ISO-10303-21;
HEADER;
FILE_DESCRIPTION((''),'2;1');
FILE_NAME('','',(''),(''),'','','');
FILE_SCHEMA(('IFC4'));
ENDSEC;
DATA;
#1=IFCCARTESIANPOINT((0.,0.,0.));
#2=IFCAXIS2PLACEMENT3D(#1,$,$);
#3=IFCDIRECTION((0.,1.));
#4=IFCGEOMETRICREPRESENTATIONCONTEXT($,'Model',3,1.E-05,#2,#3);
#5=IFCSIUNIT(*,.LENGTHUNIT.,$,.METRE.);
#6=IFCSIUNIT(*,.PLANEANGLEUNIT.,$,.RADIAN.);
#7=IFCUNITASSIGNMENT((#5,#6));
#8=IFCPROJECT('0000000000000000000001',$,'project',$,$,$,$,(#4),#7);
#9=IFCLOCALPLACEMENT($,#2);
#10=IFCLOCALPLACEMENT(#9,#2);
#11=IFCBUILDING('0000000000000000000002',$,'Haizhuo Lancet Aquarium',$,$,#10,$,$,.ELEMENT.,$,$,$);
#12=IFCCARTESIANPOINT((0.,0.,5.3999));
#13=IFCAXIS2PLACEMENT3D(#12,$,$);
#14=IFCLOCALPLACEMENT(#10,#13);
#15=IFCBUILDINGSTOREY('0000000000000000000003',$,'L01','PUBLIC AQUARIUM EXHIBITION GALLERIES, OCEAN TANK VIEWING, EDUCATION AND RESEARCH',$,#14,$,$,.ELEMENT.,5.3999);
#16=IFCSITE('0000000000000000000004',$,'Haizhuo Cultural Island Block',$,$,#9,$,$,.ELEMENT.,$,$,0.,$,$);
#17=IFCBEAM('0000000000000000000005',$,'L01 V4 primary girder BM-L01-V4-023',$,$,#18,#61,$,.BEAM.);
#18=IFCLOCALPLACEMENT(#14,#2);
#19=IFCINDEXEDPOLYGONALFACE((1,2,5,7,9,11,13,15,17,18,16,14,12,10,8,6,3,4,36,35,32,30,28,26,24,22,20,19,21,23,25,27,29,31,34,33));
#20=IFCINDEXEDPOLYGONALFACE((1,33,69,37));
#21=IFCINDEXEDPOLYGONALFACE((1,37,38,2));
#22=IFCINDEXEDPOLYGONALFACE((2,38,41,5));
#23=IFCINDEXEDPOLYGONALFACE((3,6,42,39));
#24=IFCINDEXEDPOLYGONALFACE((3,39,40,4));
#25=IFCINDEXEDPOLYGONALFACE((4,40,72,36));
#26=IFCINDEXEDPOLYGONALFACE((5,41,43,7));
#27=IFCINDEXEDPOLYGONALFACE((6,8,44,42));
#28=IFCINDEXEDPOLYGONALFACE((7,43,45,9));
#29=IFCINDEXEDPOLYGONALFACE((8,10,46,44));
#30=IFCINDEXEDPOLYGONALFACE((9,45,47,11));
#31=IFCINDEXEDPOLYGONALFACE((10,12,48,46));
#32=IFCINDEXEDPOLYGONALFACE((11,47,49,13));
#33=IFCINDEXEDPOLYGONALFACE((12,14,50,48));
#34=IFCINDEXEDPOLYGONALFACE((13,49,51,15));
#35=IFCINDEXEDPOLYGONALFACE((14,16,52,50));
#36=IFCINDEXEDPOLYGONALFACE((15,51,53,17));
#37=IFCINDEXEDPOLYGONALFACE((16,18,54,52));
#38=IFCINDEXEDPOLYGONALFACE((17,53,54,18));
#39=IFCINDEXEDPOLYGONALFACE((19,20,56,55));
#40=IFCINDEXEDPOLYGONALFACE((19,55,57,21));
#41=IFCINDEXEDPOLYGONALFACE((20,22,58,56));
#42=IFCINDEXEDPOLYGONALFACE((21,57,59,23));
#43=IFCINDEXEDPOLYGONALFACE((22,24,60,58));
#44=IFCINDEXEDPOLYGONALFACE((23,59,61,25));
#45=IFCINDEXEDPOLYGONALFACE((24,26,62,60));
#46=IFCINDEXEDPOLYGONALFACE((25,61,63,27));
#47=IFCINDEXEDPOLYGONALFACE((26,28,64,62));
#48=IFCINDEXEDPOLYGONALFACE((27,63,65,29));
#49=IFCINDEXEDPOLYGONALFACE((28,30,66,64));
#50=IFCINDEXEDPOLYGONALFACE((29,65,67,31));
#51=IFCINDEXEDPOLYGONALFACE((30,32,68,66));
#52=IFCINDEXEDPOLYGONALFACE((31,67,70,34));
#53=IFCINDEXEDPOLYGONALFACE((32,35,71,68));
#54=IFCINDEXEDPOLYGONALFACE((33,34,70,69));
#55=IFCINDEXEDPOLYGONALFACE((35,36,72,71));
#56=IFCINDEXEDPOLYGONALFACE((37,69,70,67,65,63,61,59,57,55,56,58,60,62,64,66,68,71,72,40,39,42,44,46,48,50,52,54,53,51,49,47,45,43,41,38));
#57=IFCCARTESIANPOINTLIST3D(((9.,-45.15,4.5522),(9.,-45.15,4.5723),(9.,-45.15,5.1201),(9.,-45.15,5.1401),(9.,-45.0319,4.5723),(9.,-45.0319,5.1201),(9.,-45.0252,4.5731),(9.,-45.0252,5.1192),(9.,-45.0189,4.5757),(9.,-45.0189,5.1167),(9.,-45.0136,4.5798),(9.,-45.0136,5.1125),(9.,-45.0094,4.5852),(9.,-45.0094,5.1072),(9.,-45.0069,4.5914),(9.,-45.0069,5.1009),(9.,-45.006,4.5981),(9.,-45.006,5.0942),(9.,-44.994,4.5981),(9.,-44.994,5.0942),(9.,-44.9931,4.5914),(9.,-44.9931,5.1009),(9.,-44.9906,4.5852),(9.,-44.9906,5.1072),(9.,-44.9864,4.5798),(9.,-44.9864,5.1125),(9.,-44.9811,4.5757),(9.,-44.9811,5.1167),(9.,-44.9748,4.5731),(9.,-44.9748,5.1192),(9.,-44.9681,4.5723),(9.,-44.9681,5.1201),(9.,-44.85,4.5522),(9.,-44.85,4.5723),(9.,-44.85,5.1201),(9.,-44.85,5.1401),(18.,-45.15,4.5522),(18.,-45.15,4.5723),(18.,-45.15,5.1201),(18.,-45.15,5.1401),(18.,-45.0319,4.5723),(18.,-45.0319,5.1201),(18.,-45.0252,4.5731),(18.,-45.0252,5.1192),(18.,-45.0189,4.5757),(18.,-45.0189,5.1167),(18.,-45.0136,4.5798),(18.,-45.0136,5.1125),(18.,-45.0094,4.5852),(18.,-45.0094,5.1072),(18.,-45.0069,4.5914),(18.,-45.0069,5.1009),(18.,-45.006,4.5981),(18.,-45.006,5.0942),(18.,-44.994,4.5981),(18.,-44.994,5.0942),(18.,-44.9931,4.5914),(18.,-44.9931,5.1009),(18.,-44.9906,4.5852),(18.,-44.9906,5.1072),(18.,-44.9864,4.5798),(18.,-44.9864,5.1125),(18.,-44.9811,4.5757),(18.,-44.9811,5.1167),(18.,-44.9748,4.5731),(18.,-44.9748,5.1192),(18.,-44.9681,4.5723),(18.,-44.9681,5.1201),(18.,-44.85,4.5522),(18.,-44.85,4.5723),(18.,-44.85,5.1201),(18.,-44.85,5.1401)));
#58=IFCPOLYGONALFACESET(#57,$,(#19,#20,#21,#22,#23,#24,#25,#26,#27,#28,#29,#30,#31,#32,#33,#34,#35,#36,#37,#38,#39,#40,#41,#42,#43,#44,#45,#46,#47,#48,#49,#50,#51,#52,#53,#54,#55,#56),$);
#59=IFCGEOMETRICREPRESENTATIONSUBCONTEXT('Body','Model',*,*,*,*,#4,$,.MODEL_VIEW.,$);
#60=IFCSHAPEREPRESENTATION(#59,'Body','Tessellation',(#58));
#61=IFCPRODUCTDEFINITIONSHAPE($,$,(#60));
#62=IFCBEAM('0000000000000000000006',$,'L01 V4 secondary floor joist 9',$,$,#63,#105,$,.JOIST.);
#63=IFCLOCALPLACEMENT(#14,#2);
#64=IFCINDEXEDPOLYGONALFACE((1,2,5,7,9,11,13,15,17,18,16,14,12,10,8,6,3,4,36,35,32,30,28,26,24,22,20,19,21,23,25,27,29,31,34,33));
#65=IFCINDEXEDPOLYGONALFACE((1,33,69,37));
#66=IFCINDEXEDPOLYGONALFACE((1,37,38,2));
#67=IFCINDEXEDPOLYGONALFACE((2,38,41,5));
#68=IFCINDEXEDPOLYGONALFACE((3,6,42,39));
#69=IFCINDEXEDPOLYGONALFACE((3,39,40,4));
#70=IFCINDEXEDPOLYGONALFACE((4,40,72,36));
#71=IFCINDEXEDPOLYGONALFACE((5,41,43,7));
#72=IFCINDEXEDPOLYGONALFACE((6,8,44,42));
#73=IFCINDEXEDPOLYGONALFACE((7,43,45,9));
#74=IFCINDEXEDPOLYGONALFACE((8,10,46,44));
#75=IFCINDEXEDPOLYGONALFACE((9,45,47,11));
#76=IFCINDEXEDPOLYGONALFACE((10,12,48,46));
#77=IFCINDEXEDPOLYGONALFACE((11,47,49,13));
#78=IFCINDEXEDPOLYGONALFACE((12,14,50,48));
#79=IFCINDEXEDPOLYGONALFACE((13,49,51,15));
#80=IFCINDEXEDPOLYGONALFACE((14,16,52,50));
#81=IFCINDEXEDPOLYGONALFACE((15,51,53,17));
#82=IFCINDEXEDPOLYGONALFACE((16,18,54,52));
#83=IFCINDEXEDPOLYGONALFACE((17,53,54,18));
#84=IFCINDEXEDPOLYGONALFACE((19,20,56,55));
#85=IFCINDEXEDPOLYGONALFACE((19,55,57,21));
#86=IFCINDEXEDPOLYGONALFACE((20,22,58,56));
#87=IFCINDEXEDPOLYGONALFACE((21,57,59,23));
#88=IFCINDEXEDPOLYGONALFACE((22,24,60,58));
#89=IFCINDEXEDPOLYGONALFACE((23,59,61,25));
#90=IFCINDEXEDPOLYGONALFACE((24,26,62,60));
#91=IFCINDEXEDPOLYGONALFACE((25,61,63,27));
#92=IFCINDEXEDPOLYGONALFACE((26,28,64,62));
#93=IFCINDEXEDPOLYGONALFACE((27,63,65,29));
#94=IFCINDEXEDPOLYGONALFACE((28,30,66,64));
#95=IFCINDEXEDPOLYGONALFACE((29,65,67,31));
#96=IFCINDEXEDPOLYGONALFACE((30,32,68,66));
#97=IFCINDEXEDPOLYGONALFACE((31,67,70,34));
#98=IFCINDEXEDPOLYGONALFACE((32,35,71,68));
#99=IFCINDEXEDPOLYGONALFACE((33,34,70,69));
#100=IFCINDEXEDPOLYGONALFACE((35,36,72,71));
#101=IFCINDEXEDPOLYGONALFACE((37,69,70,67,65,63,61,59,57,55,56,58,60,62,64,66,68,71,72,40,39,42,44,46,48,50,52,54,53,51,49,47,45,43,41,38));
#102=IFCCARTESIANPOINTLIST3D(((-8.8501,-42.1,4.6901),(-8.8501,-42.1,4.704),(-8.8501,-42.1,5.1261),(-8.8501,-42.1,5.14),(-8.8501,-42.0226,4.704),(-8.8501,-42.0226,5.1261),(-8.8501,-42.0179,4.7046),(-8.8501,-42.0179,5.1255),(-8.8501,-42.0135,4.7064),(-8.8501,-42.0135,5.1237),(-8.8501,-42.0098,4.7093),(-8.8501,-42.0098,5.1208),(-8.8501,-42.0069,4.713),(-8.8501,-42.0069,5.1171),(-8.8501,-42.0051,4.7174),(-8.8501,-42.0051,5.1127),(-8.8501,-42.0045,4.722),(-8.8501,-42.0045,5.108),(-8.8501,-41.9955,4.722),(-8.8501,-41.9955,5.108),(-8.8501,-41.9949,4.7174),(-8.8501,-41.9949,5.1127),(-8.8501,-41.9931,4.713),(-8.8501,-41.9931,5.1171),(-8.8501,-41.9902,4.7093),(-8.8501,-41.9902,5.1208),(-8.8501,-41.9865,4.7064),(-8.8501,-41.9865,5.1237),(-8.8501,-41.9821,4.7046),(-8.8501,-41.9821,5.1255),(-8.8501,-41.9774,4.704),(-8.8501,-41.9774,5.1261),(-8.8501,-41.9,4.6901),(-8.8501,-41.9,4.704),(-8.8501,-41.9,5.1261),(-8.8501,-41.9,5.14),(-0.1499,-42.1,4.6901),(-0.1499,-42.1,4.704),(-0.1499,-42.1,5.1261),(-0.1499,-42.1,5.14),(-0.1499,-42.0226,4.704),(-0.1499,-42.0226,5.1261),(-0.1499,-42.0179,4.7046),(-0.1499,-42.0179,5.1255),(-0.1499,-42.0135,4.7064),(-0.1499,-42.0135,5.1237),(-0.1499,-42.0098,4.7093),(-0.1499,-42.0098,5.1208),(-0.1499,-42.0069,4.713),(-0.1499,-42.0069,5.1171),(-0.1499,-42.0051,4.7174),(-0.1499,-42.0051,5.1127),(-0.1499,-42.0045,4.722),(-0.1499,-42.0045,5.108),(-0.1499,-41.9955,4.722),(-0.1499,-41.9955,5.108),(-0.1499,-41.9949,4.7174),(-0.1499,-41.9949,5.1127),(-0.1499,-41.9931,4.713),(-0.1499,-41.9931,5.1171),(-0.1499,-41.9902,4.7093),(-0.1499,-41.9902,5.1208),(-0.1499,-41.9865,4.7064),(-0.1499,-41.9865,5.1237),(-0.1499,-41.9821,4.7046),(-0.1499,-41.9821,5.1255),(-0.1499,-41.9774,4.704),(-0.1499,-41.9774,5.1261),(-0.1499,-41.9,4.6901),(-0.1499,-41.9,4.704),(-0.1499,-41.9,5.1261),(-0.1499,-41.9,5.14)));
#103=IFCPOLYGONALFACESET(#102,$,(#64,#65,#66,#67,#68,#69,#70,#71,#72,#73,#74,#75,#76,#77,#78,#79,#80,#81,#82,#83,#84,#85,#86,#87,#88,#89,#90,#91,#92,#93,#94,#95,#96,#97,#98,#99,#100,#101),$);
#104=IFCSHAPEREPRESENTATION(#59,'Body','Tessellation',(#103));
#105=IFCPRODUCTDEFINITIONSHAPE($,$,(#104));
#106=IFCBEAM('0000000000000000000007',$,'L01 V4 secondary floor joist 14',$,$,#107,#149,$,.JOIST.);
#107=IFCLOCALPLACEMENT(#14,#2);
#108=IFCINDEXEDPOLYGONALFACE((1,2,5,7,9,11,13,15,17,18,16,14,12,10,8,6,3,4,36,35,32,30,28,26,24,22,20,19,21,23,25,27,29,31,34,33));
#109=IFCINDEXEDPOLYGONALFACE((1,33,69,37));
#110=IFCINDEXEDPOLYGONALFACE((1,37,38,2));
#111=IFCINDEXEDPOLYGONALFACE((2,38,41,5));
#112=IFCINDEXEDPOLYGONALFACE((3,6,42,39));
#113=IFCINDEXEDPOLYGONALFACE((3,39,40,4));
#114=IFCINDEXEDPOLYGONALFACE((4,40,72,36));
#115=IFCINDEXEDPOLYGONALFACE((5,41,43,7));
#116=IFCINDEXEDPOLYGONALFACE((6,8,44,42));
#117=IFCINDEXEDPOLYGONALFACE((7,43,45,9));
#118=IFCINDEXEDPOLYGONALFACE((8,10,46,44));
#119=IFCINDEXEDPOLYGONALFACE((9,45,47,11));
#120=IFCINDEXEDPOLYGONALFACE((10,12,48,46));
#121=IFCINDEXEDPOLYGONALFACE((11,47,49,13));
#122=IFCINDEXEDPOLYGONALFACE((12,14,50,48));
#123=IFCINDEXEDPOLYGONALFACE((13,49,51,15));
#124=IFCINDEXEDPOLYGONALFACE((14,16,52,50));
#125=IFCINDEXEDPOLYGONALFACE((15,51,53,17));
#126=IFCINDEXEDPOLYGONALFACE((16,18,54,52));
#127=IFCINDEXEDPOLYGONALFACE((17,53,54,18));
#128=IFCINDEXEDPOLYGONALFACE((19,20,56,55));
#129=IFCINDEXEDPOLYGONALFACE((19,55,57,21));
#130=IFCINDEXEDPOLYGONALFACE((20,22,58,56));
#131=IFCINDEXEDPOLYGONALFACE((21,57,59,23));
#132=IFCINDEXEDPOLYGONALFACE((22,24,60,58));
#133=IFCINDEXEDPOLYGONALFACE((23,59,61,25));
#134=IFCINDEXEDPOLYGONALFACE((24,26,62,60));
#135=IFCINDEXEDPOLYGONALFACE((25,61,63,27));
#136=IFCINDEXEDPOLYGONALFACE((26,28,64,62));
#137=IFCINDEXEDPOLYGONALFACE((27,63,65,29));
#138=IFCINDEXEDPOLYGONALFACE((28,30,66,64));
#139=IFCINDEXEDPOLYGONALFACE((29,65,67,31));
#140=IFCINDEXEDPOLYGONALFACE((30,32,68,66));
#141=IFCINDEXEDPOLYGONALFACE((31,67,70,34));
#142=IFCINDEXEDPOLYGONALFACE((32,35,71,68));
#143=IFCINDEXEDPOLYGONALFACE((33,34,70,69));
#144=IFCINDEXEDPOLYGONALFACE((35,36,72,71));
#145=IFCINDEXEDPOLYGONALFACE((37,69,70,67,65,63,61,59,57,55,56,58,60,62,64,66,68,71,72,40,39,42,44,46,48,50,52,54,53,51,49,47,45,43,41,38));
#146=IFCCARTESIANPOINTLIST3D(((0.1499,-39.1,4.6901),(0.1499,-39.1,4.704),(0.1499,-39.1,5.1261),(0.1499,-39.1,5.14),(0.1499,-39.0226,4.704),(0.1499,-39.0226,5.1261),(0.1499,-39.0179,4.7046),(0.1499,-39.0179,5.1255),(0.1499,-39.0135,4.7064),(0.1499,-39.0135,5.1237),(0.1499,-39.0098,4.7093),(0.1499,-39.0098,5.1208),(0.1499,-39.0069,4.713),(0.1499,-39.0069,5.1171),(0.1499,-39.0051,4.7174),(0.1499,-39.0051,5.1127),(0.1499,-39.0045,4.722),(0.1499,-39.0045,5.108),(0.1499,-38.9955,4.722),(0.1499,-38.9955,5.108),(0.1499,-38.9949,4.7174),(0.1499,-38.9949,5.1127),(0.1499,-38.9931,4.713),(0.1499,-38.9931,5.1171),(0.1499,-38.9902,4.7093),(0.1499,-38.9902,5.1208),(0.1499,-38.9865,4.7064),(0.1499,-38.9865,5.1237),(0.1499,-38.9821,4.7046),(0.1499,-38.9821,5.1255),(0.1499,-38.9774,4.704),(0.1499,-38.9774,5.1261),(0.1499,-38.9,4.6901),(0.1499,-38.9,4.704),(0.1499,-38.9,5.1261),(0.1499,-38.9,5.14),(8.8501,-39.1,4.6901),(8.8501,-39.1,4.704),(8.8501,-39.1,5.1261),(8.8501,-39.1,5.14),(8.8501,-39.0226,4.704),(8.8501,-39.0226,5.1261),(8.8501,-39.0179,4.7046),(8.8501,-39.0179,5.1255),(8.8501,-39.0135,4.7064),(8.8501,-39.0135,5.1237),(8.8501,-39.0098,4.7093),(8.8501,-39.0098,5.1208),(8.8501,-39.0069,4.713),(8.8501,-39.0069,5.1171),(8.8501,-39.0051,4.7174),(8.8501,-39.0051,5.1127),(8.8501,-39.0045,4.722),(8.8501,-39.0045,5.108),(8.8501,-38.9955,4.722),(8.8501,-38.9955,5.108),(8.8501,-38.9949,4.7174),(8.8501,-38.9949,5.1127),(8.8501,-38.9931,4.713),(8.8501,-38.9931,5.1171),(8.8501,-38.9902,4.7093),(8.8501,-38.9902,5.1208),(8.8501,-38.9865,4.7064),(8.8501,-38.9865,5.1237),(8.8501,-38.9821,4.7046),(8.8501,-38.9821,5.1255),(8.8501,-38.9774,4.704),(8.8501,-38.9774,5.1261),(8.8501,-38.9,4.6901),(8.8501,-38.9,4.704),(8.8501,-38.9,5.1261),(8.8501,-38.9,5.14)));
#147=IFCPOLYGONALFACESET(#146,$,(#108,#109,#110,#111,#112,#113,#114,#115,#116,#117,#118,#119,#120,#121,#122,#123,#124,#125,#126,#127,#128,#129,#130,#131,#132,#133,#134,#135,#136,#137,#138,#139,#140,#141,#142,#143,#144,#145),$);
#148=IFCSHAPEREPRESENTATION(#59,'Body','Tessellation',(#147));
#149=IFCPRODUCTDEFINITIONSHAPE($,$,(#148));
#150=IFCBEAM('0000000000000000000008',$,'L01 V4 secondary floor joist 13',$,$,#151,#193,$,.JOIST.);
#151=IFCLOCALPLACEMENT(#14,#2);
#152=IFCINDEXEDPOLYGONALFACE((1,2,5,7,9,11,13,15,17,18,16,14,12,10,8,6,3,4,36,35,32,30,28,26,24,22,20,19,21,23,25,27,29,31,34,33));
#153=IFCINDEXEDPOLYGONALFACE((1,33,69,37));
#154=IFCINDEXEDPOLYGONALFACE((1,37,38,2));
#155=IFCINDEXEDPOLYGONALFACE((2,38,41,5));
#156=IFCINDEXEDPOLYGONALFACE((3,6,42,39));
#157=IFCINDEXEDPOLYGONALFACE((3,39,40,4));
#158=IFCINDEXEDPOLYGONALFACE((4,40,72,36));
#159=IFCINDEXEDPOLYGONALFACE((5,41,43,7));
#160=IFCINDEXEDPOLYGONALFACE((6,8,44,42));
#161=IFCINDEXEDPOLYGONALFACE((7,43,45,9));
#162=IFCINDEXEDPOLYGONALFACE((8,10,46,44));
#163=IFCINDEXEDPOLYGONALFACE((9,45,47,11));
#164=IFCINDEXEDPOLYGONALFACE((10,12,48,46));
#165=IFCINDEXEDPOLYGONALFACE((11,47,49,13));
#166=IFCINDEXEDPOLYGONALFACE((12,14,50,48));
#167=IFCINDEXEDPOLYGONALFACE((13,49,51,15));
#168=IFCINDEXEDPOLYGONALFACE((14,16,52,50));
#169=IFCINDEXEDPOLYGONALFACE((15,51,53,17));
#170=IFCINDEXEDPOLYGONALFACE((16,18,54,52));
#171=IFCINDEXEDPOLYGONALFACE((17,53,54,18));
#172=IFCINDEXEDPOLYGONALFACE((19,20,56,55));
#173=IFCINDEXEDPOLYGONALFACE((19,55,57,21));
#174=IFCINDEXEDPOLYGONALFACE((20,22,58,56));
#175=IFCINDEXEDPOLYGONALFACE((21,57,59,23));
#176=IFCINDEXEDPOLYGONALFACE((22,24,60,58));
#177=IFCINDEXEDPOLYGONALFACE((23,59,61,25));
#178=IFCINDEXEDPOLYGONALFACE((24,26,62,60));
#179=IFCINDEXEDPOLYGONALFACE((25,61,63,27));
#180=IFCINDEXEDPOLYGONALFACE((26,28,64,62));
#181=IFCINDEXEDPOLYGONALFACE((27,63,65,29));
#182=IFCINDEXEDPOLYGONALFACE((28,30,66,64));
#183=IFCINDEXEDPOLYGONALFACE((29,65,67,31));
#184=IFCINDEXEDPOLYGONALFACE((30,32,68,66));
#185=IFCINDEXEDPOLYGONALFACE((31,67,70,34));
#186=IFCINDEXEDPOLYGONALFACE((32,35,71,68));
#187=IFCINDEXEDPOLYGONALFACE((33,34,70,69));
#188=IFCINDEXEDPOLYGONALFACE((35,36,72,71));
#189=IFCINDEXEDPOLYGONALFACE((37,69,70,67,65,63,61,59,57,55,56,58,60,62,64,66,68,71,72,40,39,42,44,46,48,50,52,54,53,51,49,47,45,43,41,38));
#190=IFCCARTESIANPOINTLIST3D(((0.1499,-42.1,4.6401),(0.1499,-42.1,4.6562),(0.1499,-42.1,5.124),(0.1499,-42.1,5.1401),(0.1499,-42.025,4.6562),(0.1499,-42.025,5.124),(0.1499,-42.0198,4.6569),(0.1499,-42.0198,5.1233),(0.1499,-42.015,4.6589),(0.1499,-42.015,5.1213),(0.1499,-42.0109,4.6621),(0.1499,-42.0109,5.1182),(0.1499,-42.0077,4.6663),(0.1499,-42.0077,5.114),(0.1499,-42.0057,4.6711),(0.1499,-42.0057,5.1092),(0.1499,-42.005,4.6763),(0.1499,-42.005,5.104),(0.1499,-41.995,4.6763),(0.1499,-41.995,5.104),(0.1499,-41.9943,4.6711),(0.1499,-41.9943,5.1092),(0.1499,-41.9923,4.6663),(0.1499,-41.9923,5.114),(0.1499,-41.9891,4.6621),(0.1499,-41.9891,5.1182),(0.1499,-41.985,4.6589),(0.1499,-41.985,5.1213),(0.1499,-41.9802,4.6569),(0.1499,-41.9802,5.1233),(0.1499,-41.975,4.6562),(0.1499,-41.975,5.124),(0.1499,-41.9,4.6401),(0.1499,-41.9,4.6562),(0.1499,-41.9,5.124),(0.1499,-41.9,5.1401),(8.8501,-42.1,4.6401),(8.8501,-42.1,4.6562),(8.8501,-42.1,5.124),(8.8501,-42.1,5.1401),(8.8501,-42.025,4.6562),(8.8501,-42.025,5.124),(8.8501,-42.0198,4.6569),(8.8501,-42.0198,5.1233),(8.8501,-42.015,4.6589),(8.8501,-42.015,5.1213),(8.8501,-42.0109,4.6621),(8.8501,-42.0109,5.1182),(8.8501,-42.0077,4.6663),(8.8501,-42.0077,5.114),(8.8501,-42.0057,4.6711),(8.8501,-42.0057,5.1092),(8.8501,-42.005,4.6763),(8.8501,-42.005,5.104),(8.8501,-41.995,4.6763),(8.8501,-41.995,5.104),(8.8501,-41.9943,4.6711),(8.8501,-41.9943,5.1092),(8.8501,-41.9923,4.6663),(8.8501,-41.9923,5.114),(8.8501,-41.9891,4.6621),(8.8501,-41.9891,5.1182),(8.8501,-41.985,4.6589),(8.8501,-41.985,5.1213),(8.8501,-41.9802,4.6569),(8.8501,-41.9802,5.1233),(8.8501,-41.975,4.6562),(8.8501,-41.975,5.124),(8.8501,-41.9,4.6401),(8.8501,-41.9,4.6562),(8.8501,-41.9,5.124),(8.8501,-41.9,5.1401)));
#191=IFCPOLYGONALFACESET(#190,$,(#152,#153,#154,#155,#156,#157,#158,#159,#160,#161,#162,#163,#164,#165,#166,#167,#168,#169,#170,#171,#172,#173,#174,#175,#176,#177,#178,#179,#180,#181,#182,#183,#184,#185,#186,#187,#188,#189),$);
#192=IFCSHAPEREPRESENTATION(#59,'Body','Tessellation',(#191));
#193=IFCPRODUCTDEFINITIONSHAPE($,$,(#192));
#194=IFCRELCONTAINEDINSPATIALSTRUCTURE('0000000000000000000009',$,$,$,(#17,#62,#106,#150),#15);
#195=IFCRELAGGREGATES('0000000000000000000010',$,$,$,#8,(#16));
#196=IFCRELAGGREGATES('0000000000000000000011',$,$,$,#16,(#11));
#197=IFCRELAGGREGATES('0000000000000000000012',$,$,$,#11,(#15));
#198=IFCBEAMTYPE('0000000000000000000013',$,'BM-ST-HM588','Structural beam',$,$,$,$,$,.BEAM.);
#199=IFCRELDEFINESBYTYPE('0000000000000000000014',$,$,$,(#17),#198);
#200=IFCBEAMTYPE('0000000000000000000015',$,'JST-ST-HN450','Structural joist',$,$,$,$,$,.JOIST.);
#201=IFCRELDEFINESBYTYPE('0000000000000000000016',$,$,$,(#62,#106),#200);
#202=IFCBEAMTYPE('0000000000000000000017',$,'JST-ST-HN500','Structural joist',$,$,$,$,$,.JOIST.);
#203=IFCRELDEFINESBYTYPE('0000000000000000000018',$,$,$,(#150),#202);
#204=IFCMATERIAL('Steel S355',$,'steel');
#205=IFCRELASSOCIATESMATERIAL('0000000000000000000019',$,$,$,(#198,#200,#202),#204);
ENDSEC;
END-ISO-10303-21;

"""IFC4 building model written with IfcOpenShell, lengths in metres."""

from ifc_helpers import new_model, si_unit, direction, frame, origin, origin_2d, place, context, subcontext, project, spatial, i_section, extrude, material, material_profile, profile_set, type_object, element, save


model = new_model("IFC4")

# Units and contexts
model_context = context("Model", 3, precision=1e-05, world=origin(), true_north=direction((0.0, 1.0)))
body_context = subcontext(model_context, "Body", "Model", "MODEL_VIEW")
ifc_project = project(units=[si_unit("LENGTHUNIT", "METRE"), si_unit("PLANEANGLEUNIT", "RADIAN")], contexts=[model_context])

# Site, building, storey
site_placement = place(None, origin())
site = spatial("IfcSite", under=ifc_project, at=site_placement, Name="Haizhuo Cultural Island Block", CompositionType="ELEMENT", RefElevation=0.0)
building_placement = place(site_placement, origin())
building = spatial("IfcBuilding", under=site, at=building_placement, Name="Haizhuo Lancet Aquarium", CompositionType="ELEMENT")
storey_placement = place(building_placement, frame((0.0, 0.0, 5.3999)))
storey = spatial("IfcBuildingStorey", under=building, at=storey_placement, Name="L01", Description="PUBLIC AQUARIUM EXHIBITION GALLERIES, OCEAN TANK VIEWING, EDUCATION AND RESEARCH", CompositionType="ELEMENT", Elevation=5.3999)

# Shared definitions
ifc_material_1 = material(Name="Steel S355", Category="steel")

# Beams
ifc_material_profile_1 = material_profile(ifc_material_1, i_section(OverallWidth=0.3, OverallDepth=0.5879, WebThickness=0.012, FlangeThickness=0.02, FilletRadius=0.0259, at=origin_2d()), Name="HM 588x300x12x20")
ifc_profile_set_1 = profile_set([ifc_material_profile_1], Name="Steel S355")
beam_type_1 = type_object("IfcBeamType", Name="BM-ST-HM588", Description="Structural beam", PredefinedType="BEAM", material=ifc_profile_set_1)
beam_1_placement = place(storey_placement, frame((9.0, -45.0, 4.8462), z_axis=(1.0, 0.0, 0.0), x_axis=(0.0, 1.0, 0.0)))
element("IfcBeam", 1, at=beam_1_placement, inside=storey, type_object=beam_type_1, Name="L01 V4 primary girder BM-L01-V4-023", PredefinedType="BEAM", context=body_context, shape_type="SweptSolid", body=[
    extrude(i_section(OverallWidth=0.3, OverallDepth=0.5879, WebThickness=0.012, FlangeThickness=0.02, FilletRadius=0.0259, at=origin_2d()), origin(), (0.0, 0.0, 1.0), 9.0),
])
ifc_material_profile_2 = material_profile(ifc_material_1, i_section(OverallWidth=0.2, OverallDepth=0.45, WebThickness=0.009, FlangeThickness=0.0139, FilletRadius=0.0181, at=origin_2d()), Name="HN 450x200x9x14")
ifc_profile_set_2 = profile_set([ifc_material_profile_2], Name="Steel S355")
beam_type_2 = type_object("IfcBeamType", Name="JST-ST-HN450", Description="Structural joist", PredefinedType="JOIST", material=ifc_profile_set_2)
for number, where, z_axis, x_axis, name in (
    (2, (-8.8501, -42.0, 4.915), (1.0, 0.0, 0.0), (0.0, 1.0, 0.0), "L01 V4 secondary floor joist 9"),
    (3, (0.1499, -39.0, 4.915), (1.0, 0.0, 0.0), (0.0, 1.0, 0.0), "L01 V4 secondary floor joist 14"),
):
    element("IfcBeam", number, at=place(storey_placement, frame(where, z_axis=z_axis, x_axis=x_axis)), inside=storey, type_object=beam_type_2, Name=name, PredefinedType="JOIST", context=body_context, shape_type="SweptSolid", body=[
        extrude(i_section(OverallWidth=0.2, OverallDepth=0.45, WebThickness=0.009, FlangeThickness=0.0139, FilletRadius=0.0181, at=origin_2d()), origin(), (0.0, 0.0, 1.0), 8.7002),
    ])
ifc_material_profile_3 = material_profile(ifc_material_1, i_section(OverallWidth=0.2, OverallDepth=0.5, WebThickness=0.01, FlangeThickness=0.0161, FilletRadius=0.02, at=origin_2d()), Name="HN 500x200x10x16")
ifc_profile_set_3 = profile_set([ifc_material_profile_3], Name="Steel S355")
beam_type_3 = type_object("IfcBeamType", Name="JST-ST-HN500", Description="Structural joist", PredefinedType="JOIST", material=ifc_profile_set_3)
beam_2_placement = place(storey_placement, frame((0.1499, -42.0, 4.8901), z_axis=(1.0, 0.0, 0.0), x_axis=(0.0, 1.0, 0.0)))
element("IfcBeam", 4, at=beam_2_placement, inside=storey, type_object=beam_type_3, Name="L01 V4 secondary floor joist 13", PredefinedType="JOIST", context=body_context, shape_type="SweptSolid", body=[
    extrude(i_section(OverallWidth=0.2, OverallDepth=0.5, WebThickness=0.01, FlangeThickness=0.0161, FilletRadius=0.02, at=origin_2d()), origin(), (0.0, 0.0, 1.0), 8.7002),
])

save(model, "model.ifc")
